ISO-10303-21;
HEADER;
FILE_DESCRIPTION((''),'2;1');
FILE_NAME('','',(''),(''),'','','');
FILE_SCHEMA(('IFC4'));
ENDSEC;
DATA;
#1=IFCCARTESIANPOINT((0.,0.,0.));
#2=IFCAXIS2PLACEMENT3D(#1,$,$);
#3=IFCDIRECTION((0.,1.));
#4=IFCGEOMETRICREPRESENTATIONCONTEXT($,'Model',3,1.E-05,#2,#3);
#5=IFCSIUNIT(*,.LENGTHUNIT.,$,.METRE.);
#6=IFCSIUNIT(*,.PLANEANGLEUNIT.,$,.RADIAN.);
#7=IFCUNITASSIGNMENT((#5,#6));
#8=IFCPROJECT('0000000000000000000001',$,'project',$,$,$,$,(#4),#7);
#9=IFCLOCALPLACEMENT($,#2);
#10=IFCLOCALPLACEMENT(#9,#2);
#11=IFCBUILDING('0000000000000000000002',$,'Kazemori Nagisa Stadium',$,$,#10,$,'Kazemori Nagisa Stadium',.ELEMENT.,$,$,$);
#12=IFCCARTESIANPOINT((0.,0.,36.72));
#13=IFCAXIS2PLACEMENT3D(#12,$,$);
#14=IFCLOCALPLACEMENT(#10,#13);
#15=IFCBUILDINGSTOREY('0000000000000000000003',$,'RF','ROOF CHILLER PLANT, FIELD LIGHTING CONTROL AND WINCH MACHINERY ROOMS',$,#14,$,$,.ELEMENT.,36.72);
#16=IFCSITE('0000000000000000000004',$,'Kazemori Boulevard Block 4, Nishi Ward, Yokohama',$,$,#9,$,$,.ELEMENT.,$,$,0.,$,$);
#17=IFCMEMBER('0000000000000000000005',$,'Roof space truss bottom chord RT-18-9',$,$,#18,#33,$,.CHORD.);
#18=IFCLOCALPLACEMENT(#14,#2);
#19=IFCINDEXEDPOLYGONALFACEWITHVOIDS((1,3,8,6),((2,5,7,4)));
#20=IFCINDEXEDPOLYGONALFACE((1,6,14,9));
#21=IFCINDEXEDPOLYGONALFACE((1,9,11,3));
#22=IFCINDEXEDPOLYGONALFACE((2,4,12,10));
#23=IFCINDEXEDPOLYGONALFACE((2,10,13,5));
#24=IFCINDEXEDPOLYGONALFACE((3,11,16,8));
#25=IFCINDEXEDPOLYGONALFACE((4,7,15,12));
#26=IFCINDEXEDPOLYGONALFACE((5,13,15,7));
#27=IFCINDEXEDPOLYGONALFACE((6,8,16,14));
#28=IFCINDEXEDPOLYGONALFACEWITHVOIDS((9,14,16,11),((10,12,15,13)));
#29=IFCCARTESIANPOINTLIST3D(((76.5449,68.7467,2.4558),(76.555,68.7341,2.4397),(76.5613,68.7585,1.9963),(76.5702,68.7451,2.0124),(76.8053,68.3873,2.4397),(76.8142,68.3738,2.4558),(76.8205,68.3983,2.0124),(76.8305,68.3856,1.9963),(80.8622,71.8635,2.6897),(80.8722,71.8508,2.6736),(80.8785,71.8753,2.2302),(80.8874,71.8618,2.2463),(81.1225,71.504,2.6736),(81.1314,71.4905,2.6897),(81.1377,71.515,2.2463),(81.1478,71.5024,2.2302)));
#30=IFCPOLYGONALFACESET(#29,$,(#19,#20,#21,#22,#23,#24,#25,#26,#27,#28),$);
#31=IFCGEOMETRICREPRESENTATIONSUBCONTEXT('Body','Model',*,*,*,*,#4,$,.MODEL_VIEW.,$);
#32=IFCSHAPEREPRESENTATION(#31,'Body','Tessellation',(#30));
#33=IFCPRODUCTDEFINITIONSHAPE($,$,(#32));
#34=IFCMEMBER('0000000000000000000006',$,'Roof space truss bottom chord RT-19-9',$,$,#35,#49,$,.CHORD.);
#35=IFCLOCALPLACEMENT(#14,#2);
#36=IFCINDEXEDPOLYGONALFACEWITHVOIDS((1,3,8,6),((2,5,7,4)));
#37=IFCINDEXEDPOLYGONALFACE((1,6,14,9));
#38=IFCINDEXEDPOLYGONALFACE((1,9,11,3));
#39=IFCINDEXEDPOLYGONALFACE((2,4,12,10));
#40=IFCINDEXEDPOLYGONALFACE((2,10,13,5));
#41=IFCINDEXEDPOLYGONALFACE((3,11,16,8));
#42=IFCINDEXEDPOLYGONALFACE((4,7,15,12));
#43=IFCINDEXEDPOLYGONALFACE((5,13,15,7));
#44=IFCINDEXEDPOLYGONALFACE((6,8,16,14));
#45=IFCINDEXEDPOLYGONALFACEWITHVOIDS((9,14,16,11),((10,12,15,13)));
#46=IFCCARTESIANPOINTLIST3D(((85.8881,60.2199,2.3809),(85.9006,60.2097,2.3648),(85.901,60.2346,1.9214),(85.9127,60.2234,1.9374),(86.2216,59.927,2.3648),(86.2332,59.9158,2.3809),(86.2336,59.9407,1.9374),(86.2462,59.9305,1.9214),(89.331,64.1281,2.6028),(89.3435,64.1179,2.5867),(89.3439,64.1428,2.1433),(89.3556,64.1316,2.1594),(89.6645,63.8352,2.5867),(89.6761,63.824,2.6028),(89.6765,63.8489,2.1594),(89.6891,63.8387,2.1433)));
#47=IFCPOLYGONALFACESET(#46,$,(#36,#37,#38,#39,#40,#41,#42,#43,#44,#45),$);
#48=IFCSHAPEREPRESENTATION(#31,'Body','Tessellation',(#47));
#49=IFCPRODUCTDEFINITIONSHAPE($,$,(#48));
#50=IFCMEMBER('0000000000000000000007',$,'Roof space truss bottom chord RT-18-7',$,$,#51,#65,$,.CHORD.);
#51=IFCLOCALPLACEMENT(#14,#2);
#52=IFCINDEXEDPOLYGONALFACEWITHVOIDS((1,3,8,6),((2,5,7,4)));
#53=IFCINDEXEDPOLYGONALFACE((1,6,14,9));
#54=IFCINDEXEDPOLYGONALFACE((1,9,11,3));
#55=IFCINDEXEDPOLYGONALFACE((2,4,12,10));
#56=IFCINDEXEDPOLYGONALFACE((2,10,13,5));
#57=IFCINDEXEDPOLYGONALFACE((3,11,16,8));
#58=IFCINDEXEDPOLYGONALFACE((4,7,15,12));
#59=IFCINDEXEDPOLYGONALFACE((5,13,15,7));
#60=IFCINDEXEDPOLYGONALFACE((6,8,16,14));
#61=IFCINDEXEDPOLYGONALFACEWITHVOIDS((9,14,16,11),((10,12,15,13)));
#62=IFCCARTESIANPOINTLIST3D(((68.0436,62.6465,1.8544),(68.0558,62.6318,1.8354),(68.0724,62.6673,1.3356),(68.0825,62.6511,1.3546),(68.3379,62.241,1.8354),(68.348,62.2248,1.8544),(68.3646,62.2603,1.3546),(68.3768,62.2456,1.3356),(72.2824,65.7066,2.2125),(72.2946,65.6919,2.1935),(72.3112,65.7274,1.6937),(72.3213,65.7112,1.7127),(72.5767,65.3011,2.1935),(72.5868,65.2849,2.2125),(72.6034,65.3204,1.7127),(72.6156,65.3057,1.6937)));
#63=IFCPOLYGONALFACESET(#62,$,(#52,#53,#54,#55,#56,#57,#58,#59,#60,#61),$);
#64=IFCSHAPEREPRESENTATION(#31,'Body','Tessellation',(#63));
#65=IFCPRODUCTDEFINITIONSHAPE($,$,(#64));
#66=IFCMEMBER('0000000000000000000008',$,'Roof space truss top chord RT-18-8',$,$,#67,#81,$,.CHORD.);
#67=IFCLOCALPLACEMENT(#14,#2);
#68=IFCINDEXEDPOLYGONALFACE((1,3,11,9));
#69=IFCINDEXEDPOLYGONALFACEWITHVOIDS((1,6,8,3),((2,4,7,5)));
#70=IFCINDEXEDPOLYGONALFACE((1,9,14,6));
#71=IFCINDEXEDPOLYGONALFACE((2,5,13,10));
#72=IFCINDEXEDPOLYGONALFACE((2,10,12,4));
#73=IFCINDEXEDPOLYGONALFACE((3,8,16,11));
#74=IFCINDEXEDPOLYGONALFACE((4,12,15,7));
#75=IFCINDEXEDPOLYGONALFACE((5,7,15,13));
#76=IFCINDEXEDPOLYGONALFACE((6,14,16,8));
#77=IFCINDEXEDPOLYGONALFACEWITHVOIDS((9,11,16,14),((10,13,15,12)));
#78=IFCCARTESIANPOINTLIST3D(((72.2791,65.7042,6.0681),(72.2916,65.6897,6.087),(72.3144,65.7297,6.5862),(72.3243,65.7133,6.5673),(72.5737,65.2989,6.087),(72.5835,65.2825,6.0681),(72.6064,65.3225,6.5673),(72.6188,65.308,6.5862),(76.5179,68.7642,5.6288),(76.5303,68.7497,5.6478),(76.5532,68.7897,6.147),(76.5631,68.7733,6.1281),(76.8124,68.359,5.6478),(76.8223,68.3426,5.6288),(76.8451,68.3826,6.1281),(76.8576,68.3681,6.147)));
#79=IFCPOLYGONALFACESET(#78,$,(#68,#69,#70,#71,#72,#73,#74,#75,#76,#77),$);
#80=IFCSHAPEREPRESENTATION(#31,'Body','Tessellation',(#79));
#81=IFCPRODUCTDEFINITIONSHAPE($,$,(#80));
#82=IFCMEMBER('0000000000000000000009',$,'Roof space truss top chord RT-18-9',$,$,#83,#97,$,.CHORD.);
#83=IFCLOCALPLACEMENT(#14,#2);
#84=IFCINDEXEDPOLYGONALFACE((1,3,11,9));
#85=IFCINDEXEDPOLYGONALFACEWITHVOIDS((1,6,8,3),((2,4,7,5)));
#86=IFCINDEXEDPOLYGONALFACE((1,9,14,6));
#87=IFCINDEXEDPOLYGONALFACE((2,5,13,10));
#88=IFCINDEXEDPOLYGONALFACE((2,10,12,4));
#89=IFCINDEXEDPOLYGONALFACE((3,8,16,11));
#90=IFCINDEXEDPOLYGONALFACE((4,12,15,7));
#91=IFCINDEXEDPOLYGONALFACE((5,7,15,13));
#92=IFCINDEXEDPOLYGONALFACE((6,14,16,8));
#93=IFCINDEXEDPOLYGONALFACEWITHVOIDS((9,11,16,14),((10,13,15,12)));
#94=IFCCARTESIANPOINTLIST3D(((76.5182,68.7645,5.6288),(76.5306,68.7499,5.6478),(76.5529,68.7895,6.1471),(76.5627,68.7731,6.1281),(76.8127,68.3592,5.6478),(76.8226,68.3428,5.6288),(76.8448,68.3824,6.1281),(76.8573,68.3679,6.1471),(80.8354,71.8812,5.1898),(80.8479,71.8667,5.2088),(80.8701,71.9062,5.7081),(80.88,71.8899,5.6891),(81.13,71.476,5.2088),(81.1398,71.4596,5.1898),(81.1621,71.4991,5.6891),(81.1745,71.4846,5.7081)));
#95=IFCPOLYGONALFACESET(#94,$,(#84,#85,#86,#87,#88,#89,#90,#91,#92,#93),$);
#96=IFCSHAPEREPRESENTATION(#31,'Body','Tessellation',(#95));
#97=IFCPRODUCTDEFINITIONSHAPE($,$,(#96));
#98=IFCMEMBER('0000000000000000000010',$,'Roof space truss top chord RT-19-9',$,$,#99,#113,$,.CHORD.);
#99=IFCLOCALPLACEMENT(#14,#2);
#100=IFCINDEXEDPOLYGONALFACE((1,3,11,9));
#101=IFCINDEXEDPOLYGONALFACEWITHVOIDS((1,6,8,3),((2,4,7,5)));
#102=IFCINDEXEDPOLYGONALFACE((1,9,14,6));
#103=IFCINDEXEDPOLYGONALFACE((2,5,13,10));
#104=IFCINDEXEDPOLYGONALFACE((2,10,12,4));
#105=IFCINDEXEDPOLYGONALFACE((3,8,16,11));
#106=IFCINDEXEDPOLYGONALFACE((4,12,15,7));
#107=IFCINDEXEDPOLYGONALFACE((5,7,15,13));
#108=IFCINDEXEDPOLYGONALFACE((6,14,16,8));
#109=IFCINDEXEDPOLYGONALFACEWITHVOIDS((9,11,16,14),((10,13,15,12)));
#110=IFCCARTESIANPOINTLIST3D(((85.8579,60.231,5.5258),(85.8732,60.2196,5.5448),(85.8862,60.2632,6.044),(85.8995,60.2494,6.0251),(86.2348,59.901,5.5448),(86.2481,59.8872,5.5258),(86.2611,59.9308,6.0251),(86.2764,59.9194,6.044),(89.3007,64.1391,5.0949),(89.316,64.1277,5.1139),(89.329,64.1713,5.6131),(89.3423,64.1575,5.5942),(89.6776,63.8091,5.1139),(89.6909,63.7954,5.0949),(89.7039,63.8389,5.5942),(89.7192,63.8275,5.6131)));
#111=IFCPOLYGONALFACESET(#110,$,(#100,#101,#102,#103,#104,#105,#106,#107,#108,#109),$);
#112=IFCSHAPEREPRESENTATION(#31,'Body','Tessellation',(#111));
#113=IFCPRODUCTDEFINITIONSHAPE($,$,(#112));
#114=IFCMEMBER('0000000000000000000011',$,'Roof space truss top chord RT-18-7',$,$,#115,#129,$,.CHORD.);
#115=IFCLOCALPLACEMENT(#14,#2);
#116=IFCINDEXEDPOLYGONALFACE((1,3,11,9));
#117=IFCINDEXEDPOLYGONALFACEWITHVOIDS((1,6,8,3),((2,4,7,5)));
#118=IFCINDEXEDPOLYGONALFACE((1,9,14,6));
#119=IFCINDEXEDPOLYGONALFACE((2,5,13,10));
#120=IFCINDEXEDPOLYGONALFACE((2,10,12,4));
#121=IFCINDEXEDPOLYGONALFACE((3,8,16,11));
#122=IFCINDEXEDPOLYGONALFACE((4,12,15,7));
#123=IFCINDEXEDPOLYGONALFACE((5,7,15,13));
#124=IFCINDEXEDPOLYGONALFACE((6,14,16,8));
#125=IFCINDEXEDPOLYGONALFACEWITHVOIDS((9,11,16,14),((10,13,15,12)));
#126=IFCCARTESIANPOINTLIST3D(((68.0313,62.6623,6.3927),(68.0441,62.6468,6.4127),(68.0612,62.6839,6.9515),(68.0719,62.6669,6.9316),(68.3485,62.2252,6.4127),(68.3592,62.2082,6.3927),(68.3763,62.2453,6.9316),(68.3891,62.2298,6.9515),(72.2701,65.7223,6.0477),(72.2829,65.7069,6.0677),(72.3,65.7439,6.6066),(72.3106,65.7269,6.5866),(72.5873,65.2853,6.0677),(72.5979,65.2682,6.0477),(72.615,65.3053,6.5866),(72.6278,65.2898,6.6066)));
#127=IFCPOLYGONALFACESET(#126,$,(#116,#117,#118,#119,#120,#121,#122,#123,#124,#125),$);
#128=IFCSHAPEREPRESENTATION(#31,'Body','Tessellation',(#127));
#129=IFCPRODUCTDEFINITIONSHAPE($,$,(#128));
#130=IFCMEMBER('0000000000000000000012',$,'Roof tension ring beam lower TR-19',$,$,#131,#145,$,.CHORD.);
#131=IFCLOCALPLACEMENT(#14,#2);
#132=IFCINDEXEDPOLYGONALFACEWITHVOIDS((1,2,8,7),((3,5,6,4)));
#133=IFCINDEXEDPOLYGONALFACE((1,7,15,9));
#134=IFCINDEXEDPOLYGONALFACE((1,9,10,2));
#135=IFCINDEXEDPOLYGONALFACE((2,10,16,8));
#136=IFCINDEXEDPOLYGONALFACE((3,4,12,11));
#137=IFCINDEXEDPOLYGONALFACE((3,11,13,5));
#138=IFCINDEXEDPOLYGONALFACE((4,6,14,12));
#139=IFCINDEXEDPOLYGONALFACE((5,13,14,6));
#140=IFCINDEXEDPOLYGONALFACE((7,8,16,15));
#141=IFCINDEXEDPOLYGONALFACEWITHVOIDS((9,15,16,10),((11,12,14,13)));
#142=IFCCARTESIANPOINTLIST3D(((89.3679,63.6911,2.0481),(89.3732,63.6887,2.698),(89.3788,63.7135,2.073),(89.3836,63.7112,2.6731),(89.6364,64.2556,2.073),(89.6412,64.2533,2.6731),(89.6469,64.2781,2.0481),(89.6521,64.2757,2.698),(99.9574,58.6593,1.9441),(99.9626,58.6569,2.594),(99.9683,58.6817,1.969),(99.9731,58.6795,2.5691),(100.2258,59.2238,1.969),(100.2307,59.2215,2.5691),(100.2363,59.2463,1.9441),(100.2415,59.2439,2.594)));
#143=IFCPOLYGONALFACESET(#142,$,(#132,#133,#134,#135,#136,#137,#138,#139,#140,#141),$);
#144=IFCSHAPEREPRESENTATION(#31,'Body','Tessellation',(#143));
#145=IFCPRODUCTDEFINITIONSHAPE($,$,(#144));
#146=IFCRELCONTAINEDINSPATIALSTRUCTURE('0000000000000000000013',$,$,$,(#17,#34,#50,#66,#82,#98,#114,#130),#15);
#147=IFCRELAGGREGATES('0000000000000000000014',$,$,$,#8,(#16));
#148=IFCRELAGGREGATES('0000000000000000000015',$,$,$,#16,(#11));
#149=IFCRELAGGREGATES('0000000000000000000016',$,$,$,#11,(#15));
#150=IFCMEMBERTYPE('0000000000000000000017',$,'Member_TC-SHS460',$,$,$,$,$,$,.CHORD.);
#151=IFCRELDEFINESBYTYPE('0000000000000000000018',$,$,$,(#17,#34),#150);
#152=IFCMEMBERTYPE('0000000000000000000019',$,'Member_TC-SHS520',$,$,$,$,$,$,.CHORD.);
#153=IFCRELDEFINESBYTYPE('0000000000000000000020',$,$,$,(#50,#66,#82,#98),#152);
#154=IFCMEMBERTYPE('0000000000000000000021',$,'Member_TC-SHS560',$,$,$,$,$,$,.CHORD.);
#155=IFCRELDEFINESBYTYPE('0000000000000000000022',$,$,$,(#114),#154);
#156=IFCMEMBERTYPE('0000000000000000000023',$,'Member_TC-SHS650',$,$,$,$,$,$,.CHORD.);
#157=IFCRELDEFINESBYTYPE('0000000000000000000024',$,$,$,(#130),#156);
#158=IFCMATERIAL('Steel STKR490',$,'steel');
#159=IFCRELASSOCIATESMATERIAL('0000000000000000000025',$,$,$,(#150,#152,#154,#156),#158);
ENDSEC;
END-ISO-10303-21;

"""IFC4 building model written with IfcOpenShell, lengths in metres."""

from ifc_helpers import new_model, si_unit, direction, frame, origin, origin_2d, place, context, subcontext, project, spatial, hollow_rectangle, extrude, material, material_profile, profile_set, type_object, element, save


model = new_model("IFC4")

# Units and contexts
model_context = context("Model", 3, precision=1e-05, world=origin(), true_north=direction((0.0, 1.0)))
body_context = subcontext(model_context, "Body", "Model", "MODEL_VIEW")
ifc_project = project(units=[si_unit("LENGTHUNIT", "METRE"), si_unit("PLANEANGLEUNIT", "RADIAN")], contexts=[model_context])

# Site, building, storey
site_placement = place(None, origin())
site = spatial("IfcSite", under=ifc_project, at=site_placement, Name="Kazemori Boulevard Block 4, Nishi Ward, Yokohama", CompositionType="ELEMENT", RefElevation=0.0)
building_placement = place(site_placement, origin())
building = spatial("IfcBuilding", under=site, at=building_placement, Name="Kazemori Nagisa Stadium", LongName="Kazemori Nagisa Stadium", CompositionType="ELEMENT")
storey_placement = place(building_placement, frame((0.0, 0.0, 36.72)))
storey = spatial("IfcBuildingStorey", under=building, at=storey_placement, Name="RF", Description="ROOF CHILLER PLANT, FIELD LIGHTING CONTROL AND WINCH MACHINERY ROOMS", CompositionType="ELEMENT", Elevation=36.72)

# Members
ifc_material_1 = material(Name="Steel STKR490", Category="steel")
ifc_material_profile_1 = material_profile(ifc_material_1, hollow_rectangle(XDim=0.46, YDim=0.46, WallThickness=0.0161, at=origin_2d()), Name="SHS-460x460x16")
ifc_profile_set_1 = profile_set([ifc_material_profile_1], Name="Steel STKR490")
member_type_1 = type_object("IfcMemberType", Name="Member_TC-SHS460", PredefinedType="CHORD", material=ifc_profile_set_1)
member_1_placement = place(storey_placement, frame((76.6877, 68.5662, 2.2261), z_axis=(0.810008, 0.584774, 0.043883), x_axis=(-0.585338, 0.810789, 0.0)))
element("IfcMember", 1, at=member_1_placement, inside=storey, type_object=member_type_1, Name="Roof space truss bottom chord RT-18-9", PredefinedType="CHORD", context=body_context, shape_type="SweptSolid", body=[
    extrude(hollow_rectangle(XDim=0.46, YDim=0.46, WallThickness=0.0161, at=origin_2d()), origin(), (0.0, 0.0, 1.0), 5.3298),
])
member_2_placement = place(storey_placement, frame((86.0671, 60.0752, 2.1511), z_axis=(0.660424, 0.749685, 0.04257), x_axis=(-0.750366, 0.661023, 0.0)))
element("IfcMember", 2, at=member_2_placement, inside=storey, type_object=member_type_1, Name="Roof space truss bottom chord RT-19-9", PredefinedType="CHORD", context=body_context, shape_type="SweptSolid", body=[
    extrude(hollow_rectangle(XDim=0.46, YDim=0.46, WallThickness=0.0161, at=origin_2d()), origin(), (0.0, 0.0, 1.0), 5.2131),
])
ifc_material_profile_2 = material_profile(ifc_material_1, hollow_rectangle(XDim=0.52, YDim=0.52, WallThickness=0.019, at=origin_2d()), Name="SHS-520x520x19")
ifc_profile_set_2 = profile_set([ifc_material_profile_2], Name="Steel STKR490")
member_type_2 = type_object("IfcMemberType", Name="Member_TC-SHS520", PredefinedType="CHORD", material=ifc_profile_set_2)
member_3_placement = place(storey_placement, frame((68.2102, 62.446, 1.595), z_axis=(0.808899, 0.583962, 0.068348), x_axis=(-0.58533, 0.810795, 0.0)))
element("IfcMember", 3, at=member_3_placement, inside=storey, type_object=member_type_2, Name="Roof space truss bottom chord RT-18-7", PredefinedType="CHORD", context=body_context, shape_type="SweptSolid", body=[
    extrude(hollow_rectangle(XDim=0.52, YDim=0.52, WallThickness=0.019, at=origin_2d()), origin(), (0.0, 0.0, 1.0), 5.2402),
])
member_4_placement = place(storey_placement, frame((72.449, 65.5061, 6.3271), z_axis=(0.807949, 0.583275, -0.083717), x_axis=(-0.58533, 0.810795, 0.0)))
element("IfcMember", 4, at=member_4_placement, inside=storey, type_object=member_type_2, Name="Roof space truss top chord RT-18-8", PredefinedType="CHORD", context=body_context, shape_type="SweptSolid", body=[
    extrude(hollow_rectangle(XDim=0.52, YDim=0.52, WallThickness=0.019, at=origin_2d()), origin(), (0.0, 0.0, 1.0), 5.2463),
])
member_5_placement = place(storey_placement, frame((76.6877, 68.5662, 5.8879), z_axis=(0.808048, 0.583359, -0.082162), x_axis=(-0.585338, 0.810789, 0.0)))
element("IfcMember", 5, at=member_5_placement, inside=storey, type_object=member_type_2, Name="Roof space truss top chord RT-18-9", PredefinedType="CHORD", context=body_context, shape_type="SweptSolid", body=[
    extrude(hollow_rectangle(XDim=0.52, YDim=0.52, WallThickness=0.019, at=origin_2d()), origin(), (0.0, 0.0, 1.0), 5.3428),
])
member_6_placement = place(storey_placement, frame((86.0671, 60.0752, 5.7849), z_axis=(0.658772, 0.747811, -0.082452), x_axis=(-0.750366, 0.661023, 0.0)))
element("IfcMember", 6, at=member_6_placement, inside=storey, type_object=member_type_2, Name="Roof space truss top chord RT-19-9", PredefinedType="CHORD", context=body_context, shape_type="SweptSolid", body=[
    extrude(hollow_rectangle(XDim=0.52, YDim=0.52, WallThickness=0.019, at=origin_2d()), origin(), (0.0, 0.0, 1.0), 5.2261),
])
ifc_material_profile_3 = material_profile(ifc_material_1, hollow_rectangle(XDim=0.5601, YDim=0.5601, WallThickness=0.02, at=origin_2d()), Name="SHS-560x560x20")
ifc_profile_set_3 = profile_set([ifc_material_profile_3], Name="Steel STKR490")
member_type_3 = type_object("IfcMemberType", Name="Member_TC-SHS560", PredefinedType="CHORD", material=ifc_profile_set_3)
member_7_placement = place(storey_placement, frame((68.2102, 62.446, 6.6721), z_axis=(0.809036, 0.58406, -0.065843), x_axis=(-0.58533, 0.810795, 0.0)))
element("IfcMember", 7, at=member_7_placement, inside=storey, type_object=member_type_3, Name="Roof space truss top chord RT-18-7", PredefinedType="CHORD", context=body_context, shape_type="SweptSolid", body=[
    extrude(hollow_rectangle(XDim=0.5601, YDim=0.5601, WallThickness=0.02, at=origin_2d()), origin(), (0.0, 0.0, 1.0), 5.2393),
])
ifc_material_profile_4 = material_profile(ifc_material_1, hollow_rectangle(XDim=0.6499, YDim=0.6499, WallThickness=0.0249, at=origin_2d()), Name="SHS-650x650x25")
ifc_profile_set_4 = profile_set([ifc_material_profile_4], Name="Steel STKR490")
member_type_4 = type_object("IfcMemberType", Name="Member_TC-SHS650", PredefinedType="CHORD", material=ifc_profile_set_4)
member_8_placement = place(storey_placement, frame((89.51, 63.9834, 2.373), z_axis=(0.903183, -0.429165, -0.008871), x_axis=(0.429182, 0.903218, 0.0)))
element("IfcMember", 8, at=member_8_placement, inside=storey, type_object=member_type_4, Name="Roof tension ring beam lower TR-19", PredefinedType="CHORD", context=body_context, shape_type="SweptSolid", body=[
    extrude(hollow_rectangle(XDim=0.6499, YDim=0.6499, WallThickness=0.0249, at=origin_2d()), origin(), (0.0, 0.0, 1.0), 11.7246),
])

save(model, "model.ifc")
